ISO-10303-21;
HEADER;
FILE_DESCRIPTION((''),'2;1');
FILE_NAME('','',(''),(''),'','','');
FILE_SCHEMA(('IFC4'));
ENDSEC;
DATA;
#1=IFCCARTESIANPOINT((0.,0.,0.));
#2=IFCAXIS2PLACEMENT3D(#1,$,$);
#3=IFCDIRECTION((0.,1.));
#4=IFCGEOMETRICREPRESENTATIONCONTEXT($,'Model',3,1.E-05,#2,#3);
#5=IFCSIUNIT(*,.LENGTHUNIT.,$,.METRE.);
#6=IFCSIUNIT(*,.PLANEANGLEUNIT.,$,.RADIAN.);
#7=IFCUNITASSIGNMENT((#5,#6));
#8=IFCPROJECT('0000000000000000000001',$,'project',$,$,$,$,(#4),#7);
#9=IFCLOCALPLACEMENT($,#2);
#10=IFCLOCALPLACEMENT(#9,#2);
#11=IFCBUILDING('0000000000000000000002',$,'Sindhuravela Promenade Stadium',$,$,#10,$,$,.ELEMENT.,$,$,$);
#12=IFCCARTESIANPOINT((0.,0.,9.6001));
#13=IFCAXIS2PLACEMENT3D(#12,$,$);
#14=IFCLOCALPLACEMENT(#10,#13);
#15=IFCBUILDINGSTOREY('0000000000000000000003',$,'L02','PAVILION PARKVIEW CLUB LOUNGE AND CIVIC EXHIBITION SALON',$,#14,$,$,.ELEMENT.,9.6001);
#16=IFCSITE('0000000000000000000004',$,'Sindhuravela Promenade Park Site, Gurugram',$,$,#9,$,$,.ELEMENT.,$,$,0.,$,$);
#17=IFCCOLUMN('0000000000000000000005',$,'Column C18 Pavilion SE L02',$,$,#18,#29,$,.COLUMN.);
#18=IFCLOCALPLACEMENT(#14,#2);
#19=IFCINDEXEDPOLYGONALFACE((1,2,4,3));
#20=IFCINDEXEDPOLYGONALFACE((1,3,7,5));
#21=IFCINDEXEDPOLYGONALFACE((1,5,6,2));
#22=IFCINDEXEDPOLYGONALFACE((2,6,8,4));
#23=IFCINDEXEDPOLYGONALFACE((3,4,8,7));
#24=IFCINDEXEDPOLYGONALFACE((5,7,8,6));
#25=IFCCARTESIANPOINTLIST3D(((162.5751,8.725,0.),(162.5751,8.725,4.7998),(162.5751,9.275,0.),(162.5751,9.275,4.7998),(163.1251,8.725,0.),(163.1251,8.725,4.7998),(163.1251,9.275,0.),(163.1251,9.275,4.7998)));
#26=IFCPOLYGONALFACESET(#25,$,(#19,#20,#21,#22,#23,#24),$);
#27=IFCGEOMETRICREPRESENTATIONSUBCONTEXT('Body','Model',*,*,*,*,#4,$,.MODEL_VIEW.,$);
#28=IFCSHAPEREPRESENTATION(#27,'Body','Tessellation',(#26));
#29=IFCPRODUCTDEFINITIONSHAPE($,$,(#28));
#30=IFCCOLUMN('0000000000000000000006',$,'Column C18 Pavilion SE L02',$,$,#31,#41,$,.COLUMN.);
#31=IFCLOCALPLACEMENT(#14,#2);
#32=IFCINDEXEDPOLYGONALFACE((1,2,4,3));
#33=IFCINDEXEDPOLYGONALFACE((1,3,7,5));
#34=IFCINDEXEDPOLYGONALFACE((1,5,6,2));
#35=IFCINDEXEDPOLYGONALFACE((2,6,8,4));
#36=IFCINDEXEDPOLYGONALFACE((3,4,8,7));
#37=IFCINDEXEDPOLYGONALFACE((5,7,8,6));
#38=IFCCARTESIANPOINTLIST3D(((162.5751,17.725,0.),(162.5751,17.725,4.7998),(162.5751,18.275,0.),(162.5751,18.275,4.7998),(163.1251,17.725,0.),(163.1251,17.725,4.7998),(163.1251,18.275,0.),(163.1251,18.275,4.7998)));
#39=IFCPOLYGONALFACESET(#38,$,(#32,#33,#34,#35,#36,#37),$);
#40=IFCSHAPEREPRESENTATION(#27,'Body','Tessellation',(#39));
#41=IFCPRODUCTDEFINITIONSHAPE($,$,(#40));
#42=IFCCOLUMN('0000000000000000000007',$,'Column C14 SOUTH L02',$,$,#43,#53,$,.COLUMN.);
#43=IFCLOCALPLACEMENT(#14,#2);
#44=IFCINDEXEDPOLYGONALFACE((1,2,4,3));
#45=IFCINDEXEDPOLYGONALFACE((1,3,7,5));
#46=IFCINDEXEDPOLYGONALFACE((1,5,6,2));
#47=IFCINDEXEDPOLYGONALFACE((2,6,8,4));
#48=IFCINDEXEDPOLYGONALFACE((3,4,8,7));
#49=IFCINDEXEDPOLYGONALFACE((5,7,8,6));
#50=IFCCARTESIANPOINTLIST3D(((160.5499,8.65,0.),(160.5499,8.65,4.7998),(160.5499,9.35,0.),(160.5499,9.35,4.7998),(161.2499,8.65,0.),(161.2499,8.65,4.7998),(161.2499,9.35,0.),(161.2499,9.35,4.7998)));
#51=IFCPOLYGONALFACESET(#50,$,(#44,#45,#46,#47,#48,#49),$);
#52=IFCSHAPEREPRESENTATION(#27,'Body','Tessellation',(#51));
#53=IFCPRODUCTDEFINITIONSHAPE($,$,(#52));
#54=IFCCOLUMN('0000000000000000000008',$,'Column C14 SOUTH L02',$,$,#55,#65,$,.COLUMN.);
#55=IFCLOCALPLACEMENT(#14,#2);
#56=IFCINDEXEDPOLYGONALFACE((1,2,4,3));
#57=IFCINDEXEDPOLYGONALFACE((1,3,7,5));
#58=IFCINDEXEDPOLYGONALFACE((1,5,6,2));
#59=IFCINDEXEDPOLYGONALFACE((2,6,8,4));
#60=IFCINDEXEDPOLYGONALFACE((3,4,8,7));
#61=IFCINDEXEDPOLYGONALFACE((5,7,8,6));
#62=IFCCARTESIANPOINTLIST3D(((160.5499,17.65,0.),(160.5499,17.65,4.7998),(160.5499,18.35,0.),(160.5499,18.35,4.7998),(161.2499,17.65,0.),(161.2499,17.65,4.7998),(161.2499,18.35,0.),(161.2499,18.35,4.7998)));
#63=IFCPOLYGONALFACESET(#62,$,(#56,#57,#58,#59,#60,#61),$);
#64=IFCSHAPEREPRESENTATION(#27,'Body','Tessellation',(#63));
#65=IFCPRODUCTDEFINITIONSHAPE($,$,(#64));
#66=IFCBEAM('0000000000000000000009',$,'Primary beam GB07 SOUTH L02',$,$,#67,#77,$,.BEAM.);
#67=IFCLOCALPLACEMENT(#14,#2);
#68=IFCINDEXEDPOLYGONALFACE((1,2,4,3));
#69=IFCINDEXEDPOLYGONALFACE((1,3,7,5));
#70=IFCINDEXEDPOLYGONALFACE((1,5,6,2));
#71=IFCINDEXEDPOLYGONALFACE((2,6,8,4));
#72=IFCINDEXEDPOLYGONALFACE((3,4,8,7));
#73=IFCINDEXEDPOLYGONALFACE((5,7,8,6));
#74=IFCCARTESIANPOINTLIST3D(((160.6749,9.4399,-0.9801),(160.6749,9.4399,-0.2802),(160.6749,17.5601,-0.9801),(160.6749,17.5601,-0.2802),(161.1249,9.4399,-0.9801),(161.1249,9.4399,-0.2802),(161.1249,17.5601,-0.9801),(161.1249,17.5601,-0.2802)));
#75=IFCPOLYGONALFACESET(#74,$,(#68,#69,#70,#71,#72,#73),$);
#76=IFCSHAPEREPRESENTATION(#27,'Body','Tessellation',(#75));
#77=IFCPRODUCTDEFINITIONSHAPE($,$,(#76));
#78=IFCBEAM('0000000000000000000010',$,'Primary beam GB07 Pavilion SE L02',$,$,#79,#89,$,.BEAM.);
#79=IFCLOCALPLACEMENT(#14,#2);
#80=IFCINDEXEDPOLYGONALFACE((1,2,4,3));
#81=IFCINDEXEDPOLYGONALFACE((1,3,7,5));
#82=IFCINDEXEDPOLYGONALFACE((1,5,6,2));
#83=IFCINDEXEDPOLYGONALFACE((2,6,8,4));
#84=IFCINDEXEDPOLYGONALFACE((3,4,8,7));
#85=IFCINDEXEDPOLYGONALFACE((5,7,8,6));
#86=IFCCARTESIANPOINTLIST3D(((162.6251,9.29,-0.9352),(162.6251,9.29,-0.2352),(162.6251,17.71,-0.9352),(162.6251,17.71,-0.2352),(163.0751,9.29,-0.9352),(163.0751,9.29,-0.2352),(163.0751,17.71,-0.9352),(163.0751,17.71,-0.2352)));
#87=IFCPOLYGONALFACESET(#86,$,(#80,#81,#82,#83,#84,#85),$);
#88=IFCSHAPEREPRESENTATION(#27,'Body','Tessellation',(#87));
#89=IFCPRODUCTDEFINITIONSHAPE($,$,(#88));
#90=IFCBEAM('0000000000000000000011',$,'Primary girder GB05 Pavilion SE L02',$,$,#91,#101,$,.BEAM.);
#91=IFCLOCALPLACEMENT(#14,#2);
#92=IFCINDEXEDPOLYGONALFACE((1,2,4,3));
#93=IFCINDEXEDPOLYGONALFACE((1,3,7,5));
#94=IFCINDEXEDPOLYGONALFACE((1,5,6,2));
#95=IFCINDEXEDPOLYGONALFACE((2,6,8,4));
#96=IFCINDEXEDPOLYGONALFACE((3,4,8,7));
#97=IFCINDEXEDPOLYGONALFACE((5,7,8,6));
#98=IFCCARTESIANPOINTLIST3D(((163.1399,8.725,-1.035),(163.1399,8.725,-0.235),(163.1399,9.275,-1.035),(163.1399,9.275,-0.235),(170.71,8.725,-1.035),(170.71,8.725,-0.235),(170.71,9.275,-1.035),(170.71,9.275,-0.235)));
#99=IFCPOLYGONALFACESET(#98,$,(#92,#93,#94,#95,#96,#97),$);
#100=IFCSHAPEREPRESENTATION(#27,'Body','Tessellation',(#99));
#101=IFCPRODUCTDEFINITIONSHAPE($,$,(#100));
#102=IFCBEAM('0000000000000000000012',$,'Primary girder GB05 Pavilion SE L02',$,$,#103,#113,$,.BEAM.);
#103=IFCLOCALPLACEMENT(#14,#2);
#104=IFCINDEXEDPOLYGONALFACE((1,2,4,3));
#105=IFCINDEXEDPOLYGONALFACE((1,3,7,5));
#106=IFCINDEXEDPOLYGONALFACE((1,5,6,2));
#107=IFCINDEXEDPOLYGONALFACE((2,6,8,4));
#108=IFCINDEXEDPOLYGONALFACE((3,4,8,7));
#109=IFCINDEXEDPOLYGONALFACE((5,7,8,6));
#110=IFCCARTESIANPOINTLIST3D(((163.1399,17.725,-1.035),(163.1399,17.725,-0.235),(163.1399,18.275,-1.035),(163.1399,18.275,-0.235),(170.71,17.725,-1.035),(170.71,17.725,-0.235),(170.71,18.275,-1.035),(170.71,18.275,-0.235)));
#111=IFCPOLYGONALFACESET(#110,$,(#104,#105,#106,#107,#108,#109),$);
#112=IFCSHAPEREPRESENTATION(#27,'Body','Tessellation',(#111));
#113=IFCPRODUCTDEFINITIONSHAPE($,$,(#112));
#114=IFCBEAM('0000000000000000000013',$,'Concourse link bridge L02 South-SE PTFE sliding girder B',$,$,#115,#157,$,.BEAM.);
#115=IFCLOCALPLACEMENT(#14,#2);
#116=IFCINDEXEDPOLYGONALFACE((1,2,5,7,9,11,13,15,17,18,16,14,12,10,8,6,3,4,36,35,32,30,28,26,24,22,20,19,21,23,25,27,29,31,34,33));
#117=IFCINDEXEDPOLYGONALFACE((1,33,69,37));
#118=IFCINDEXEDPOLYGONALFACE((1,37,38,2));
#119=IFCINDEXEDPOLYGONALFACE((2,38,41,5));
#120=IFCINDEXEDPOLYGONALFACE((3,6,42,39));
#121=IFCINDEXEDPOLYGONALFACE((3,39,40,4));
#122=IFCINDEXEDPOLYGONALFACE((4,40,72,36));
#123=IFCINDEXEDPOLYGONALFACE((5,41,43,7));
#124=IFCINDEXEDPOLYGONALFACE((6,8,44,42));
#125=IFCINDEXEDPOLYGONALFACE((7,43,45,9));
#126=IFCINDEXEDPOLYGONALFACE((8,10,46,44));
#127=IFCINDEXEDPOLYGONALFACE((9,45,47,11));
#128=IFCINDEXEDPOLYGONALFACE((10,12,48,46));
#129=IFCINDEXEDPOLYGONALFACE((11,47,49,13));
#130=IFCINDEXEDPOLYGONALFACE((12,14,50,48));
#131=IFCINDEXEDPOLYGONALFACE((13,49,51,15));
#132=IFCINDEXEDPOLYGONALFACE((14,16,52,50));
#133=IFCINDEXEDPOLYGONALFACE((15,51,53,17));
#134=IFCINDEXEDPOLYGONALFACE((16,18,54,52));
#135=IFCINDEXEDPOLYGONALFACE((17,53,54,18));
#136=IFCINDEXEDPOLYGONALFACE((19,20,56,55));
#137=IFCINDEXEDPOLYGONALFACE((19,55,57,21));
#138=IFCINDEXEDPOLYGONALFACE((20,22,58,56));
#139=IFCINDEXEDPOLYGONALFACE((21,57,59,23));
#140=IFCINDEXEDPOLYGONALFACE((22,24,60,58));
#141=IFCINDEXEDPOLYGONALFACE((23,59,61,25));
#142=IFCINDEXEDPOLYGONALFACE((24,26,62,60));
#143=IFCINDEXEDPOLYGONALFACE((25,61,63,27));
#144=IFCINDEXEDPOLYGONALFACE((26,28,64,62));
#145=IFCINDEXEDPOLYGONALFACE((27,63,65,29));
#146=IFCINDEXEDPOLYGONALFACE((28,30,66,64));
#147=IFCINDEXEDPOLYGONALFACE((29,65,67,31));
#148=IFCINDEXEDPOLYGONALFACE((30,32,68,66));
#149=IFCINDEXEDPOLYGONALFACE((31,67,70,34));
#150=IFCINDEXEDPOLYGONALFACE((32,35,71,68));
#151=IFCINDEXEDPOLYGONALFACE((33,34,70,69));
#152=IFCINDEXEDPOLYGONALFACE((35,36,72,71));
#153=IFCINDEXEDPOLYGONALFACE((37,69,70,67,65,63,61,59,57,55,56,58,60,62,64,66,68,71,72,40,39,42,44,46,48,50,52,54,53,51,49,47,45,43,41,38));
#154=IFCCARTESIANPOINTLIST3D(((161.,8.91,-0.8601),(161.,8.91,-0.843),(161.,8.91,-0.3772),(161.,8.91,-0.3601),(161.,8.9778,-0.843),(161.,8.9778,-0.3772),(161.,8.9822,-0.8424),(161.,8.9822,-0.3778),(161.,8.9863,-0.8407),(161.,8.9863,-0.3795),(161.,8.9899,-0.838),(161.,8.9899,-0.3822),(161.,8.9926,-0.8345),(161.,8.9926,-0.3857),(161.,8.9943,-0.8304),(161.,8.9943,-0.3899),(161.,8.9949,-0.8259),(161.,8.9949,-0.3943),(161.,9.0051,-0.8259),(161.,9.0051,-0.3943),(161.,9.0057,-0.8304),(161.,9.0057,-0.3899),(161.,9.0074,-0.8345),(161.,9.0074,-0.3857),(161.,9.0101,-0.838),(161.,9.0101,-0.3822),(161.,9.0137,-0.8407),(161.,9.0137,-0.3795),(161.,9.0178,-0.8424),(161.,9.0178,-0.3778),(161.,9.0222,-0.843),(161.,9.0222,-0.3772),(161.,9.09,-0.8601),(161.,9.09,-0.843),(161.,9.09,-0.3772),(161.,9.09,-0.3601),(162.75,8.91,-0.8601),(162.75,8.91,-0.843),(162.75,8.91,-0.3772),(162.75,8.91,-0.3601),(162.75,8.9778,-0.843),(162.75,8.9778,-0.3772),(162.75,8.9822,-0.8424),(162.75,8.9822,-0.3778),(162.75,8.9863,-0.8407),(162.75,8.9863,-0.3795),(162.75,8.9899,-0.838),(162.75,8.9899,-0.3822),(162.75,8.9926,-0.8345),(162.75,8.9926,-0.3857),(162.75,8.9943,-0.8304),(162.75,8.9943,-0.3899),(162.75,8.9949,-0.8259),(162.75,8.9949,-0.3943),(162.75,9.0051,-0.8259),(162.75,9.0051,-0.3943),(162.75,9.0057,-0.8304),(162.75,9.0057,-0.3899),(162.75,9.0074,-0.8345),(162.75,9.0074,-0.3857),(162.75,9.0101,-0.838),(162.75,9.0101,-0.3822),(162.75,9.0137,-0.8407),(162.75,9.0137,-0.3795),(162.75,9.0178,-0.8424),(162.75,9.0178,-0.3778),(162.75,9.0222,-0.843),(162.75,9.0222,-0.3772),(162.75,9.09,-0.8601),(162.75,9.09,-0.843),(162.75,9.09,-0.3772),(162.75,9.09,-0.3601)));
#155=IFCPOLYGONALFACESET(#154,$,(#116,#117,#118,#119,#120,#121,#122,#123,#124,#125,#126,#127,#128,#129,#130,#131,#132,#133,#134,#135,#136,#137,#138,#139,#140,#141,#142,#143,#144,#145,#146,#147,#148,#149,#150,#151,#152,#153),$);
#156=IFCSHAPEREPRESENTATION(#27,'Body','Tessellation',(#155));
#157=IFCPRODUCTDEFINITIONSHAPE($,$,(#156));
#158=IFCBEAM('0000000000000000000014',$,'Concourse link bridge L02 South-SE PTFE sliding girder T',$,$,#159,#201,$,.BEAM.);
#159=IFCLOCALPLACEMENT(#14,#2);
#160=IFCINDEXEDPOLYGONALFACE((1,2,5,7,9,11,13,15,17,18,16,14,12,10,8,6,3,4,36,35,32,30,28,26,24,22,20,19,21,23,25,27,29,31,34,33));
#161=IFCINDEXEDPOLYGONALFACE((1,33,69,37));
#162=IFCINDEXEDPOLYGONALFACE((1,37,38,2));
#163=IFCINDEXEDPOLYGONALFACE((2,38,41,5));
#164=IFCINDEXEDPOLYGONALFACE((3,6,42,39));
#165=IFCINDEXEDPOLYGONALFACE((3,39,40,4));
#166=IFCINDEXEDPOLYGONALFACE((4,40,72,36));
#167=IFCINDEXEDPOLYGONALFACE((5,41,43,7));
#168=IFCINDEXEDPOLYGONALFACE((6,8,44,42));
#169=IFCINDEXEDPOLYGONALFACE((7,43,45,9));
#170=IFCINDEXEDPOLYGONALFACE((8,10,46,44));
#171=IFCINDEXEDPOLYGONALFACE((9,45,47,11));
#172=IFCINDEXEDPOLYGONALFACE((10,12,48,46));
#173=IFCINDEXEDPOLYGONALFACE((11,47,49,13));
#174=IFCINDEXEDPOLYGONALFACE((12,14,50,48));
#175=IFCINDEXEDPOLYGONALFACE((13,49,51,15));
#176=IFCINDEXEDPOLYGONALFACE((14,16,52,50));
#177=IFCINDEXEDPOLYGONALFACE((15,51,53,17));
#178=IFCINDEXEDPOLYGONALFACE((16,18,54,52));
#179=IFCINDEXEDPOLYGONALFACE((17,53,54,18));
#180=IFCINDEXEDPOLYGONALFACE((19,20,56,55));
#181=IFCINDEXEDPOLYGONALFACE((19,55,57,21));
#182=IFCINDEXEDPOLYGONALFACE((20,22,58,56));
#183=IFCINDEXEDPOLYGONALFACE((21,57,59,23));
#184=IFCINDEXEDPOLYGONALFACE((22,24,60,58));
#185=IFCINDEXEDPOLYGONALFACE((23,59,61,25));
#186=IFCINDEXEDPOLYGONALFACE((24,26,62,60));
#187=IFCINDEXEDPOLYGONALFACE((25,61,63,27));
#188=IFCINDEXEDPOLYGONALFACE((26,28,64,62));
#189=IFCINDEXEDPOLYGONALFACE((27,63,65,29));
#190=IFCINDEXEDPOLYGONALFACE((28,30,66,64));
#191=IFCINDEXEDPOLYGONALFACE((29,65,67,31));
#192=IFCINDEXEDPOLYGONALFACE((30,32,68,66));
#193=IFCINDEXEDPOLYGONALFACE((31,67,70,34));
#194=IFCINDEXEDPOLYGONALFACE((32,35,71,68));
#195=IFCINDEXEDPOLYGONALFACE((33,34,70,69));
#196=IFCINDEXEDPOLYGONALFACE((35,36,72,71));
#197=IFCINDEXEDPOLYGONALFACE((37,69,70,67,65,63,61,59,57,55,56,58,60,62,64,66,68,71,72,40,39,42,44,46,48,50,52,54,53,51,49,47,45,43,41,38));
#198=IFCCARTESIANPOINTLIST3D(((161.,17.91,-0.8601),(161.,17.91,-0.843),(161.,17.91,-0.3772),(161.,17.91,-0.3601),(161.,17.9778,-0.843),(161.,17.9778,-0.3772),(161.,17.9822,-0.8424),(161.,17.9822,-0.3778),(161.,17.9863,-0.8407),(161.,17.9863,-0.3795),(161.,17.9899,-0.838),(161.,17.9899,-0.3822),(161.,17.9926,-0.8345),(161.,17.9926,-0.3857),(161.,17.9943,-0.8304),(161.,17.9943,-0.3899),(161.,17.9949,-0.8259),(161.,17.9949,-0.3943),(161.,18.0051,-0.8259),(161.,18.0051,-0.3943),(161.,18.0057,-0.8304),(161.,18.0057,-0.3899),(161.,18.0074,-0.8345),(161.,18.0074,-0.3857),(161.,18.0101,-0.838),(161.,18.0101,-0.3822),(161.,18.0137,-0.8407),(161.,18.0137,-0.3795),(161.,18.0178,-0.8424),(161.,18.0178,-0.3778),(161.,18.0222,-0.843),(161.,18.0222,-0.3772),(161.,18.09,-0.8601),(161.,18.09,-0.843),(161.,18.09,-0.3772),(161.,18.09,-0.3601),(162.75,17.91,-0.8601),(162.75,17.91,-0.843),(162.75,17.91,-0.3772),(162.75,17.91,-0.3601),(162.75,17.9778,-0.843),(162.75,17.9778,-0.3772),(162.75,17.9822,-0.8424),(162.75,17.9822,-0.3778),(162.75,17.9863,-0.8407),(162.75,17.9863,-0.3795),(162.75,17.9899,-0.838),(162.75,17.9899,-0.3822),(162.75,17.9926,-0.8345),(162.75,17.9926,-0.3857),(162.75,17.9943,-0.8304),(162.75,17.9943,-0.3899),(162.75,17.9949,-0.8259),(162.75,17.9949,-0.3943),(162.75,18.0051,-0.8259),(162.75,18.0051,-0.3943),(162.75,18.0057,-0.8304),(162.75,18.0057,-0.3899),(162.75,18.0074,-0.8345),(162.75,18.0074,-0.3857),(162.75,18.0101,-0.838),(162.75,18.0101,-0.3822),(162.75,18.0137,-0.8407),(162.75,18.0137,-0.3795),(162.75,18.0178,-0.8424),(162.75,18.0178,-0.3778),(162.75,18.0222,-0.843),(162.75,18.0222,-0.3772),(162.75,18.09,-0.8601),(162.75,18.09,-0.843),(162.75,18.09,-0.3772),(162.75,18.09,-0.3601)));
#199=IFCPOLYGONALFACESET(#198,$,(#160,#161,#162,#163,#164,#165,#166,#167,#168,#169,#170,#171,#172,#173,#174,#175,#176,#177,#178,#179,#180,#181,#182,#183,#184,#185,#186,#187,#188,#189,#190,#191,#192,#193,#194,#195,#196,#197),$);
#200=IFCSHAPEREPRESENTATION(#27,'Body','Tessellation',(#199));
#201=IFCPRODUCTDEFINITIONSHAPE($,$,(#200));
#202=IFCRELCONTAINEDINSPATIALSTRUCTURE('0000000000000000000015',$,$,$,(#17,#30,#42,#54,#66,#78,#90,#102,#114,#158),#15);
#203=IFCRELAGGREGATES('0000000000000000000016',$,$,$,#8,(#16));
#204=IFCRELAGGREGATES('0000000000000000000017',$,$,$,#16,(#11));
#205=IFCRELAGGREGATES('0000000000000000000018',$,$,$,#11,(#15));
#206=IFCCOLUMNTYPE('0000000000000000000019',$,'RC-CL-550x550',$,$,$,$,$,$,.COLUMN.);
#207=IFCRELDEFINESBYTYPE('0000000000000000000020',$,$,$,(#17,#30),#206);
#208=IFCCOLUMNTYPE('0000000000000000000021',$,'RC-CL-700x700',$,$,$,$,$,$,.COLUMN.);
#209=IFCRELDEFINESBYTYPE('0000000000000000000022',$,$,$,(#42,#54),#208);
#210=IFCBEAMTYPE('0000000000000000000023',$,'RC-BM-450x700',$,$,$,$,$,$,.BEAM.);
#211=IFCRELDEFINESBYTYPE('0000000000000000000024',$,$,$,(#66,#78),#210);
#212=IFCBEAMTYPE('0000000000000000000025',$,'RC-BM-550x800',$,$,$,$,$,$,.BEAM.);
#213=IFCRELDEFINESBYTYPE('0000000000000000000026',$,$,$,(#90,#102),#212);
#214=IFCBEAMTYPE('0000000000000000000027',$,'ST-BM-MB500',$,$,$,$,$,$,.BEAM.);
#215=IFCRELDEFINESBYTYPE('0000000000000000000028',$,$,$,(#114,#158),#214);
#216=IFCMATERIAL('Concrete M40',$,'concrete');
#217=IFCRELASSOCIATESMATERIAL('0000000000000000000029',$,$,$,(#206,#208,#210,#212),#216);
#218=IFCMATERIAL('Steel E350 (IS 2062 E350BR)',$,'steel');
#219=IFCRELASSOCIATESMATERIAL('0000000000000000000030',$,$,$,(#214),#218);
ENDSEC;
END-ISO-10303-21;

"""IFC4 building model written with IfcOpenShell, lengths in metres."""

from ifc_helpers import new_model, si_unit, direction, frame, origin, origin_2d, place, context, subcontext, project, spatial, rectangle, i_section, extrude, material, material_profile, profile_set, type_object, element, save


model = new_model("IFC4")

# Units and contexts
model_context = context("Model", 3, precision=1e-05, world=origin(), true_north=direction((0.0, 1.0)))
body_context = subcontext(model_context, "Body", "Model", "MODEL_VIEW")
ifc_project = project(units=[si_unit("LENGTHUNIT", "METRE"), si_unit("PLANEANGLEUNIT", "RADIAN")], contexts=[model_context])

# Site, building, storey
site_placement = place(None, origin())
site = spatial("IfcSite", under=ifc_project, at=site_placement, Name="Sindhuravela Promenade Park Site, Gurugram", CompositionType="ELEMENT", RefElevation=0.0)
building_placement = place(site_placement, origin())
building = spatial("IfcBuilding", under=site, at=building_placement, Name="Sindhuravela Promenade Stadium", CompositionType="ELEMENT")
storey_placement = place(building_placement, frame((0.0, 0.0, 9.6001)))
storey = spatial("IfcBuildingStorey", under=building, at=storey_placement, Name="L02", Description="PAVILION PARKVIEW CLUB LOUNGE AND CIVIC EXHIBITION SALON", CompositionType="ELEMENT", Elevation=9.6001)

# Columns
ifc_material_1 = material(Name="Concrete M40", Category="concrete")
ifc_material_profile_1 = material_profile(ifc_material_1, rectangle(XDim=0.55, YDim=0.55, at=origin_2d()), Name="RC 550x550")
ifc_profile_set_1 = profile_set([ifc_material_profile_1], Name="Concrete M40")
column_type_1 = type_object("IfcColumnType", Name="RC-CL-550x550", PredefinedType="COLUMN", material=ifc_profile_set_1)
for number, where, z_axis, x_axis, name in (
    (1, (162.8501, 9.0, 0.0), (0.0, 0.0, 1.0), (1.0, 0.0, 0.0), "Column C18 Pavilion SE L02"),
    (2, (162.8501, 18.0, 0.0), (0.0, 0.0, 1.0), (1.0, 0.0, 0.0), "Column C18 Pavilion SE L02"),
):
    element("IfcColumn", number, at=place(storey_placement, frame(where, z_axis=z_axis, x_axis=x_axis)), inside=storey, type_object=column_type_1, Name=name, PredefinedType="COLUMN", context=body_context, shape_type="SweptSolid", body=[
        extrude(rectangle(XDim=0.55, YDim=0.55, at=origin_2d()), origin(), (0.0, 0.0, 1.0), 4.7998),
    ])
ifc_material_profile_2 = material_profile(ifc_material_1, rectangle(XDim=0.7, YDim=0.7, at=origin_2d()), Name="RC 700x700")
ifc_profile_set_2 = profile_set([ifc_material_profile_2], Name="Concrete M40")
column_type_2 = type_object("IfcColumnType", Name="RC-CL-700x700", PredefinedType="COLUMN", material=ifc_profile_set_2)
for number, where, z_axis, x_axis, name in (
    (3, (160.8999, 9.0, 0.0), (0.0, 0.0, 1.0), (1.0, 0.0, 0.0), "Column C14 SOUTH L02"),
    (4, (160.8999, 18.0, 0.0), (0.0, 0.0, 1.0), (1.0, 0.0, 0.0), "Column C14 SOUTH L02"),
):
    element("IfcColumn", number, at=place(storey_placement, frame(where, z_axis=z_axis, x_axis=x_axis)), inside=storey, type_object=column_type_2, Name=name, PredefinedType="COLUMN", context=body_context, shape_type="SweptSolid", body=[
        extrude(rectangle(XDim=0.7, YDim=0.7, at=origin_2d()), origin(), (0.0, 0.0, 1.0), 4.7998),
    ])

# Beams
ifc_material_profile_3 = material_profile(ifc_material_1, rectangle(XDim=0.45, YDim=0.7, at=origin_2d()), Name="RC 450x700")
ifc_profile_set_3 = profile_set([ifc_material_profile_3], Name="Concrete M40")
beam_type_1 = type_object("IfcBeamType", Name="RC-BM-450x700", PredefinedType="BEAM", material=ifc_profile_set_3)
beam_1_placement = place(storey_placement, frame((160.8999, 9.4399, -0.6301), z_axis=(0.0, 1.0, 0.0), x_axis=(-1.0, 0.0, 0.0)))
element("IfcBeam", 5, at=beam_1_placement, inside=storey, type_object=beam_type_1, Name="Primary beam GB07 SOUTH L02", PredefinedType="BEAM", context=body_context, shape_type="SweptSolid", body=[
    extrude(rectangle(XDim=0.45, YDim=0.7, at=origin_2d()), origin(), (0.0, 0.0, 1.0), 8.1201),
])
beam_2_placement = place(storey_placement, frame((162.8501, 9.29, -0.5852), z_axis=(0.0, 1.0, 0.0), x_axis=(-1.0, 0.0, 0.0)))
element("IfcBeam", 6, at=beam_2_placement, inside=storey, type_object=beam_type_1, Name="Primary beam GB07 Pavilion SE L02", PredefinedType="BEAM", context=body_context, shape_type="SweptSolid", body=[
    extrude(rectangle(XDim=0.45, YDim=0.7, at=origin_2d()), origin(), (0.0, 0.0, 1.0), 8.4199),
])
ifc_material_profile_4 = material_profile(ifc_material_1, rectangle(XDim=0.55, YDim=0.8, at=origin_2d()), Name="RC 550x800")
ifc_profile_set_4 = profile_set([ifc_material_profile_4], Name="Concrete M40")
beam_type_2 = type_object("IfcBeamType", Name="RC-BM-550x800", PredefinedType="BEAM", material=ifc_profile_set_4)
for number, where, z_axis, x_axis, name in (
    (7, (163.1399, 9.0, -0.635), (1.0, 0.0, 0.0), (0.0, 1.0, 0.0), "Primary girder GB05 Pavilion SE L02"),
    (8, (163.1399, 18.0, -0.635), (1.0, 0.0, 0.0), (0.0, 1.0, 0.0), "Primary girder GB05 Pavilion SE L02"),
):
    element("IfcBeam", number, at=place(storey_placement, frame(where, z_axis=z_axis, x_axis=x_axis)), inside=storey, type_object=beam_type_2, Name=name, PredefinedType="BEAM", context=body_context, shape_type="SweptSolid", body=[
        extrude(rectangle(XDim=0.55, YDim=0.8, at=origin_2d()), origin(), (0.0, 0.0, 1.0), 7.5701),
    ])
ifc_material_2 = material(Name="Steel E350 (IS 2062 E350BR)", Category="steel")
ifc_material_profile_5 = material_profile(ifc_material_2, i_section(OverallWidth=0.1799, OverallDepth=0.5, WebThickness=0.0103, FlangeThickness=0.0171, FilletRadius=0.0171, at=origin_2d()), Name="ISMB 500")
ifc_profile_set_5 = profile_set([ifc_material_profile_5], Name="Steel E350 (IS 2062 E350BR)")
beam_type_3 = type_object("IfcBeamType", Name="ST-BM-MB500", PredefinedType="BEAM", material=ifc_profile_set_5)
for number, where, z_axis, x_axis, name in (
    (9, (161.0, 9.0, -0.6101), (1.0, 0.0, 0.0), (0.0, 1.0, 0.0), "Concourse link bridge L02 South-SE PTFE sliding girder B"),
    (10, (161.0, 18.0, -0.6101), (1.0, 0.0, 0.0), (0.0, 1.0, 0.0), "Concourse link bridge L02 South-SE PTFE sliding girder T"),
):
    element("IfcBeam", number, at=place(storey_placement, frame(where, z_axis=z_axis, x_axis=x_axis)), inside=storey, type_object=beam_type_3, Name=name, PredefinedType="BEAM", context=body_context, shape_type="SweptSolid", body=[
        extrude(i_section(OverallWidth=0.1799, OverallDepth=0.5, WebThickness=0.0103, FlangeThickness=0.0171, FilletRadius=0.0171, at=origin_2d()), origin(), (0.0, 0.0, 1.0), 1.75),
    ])

save(model, "model.ifc")
